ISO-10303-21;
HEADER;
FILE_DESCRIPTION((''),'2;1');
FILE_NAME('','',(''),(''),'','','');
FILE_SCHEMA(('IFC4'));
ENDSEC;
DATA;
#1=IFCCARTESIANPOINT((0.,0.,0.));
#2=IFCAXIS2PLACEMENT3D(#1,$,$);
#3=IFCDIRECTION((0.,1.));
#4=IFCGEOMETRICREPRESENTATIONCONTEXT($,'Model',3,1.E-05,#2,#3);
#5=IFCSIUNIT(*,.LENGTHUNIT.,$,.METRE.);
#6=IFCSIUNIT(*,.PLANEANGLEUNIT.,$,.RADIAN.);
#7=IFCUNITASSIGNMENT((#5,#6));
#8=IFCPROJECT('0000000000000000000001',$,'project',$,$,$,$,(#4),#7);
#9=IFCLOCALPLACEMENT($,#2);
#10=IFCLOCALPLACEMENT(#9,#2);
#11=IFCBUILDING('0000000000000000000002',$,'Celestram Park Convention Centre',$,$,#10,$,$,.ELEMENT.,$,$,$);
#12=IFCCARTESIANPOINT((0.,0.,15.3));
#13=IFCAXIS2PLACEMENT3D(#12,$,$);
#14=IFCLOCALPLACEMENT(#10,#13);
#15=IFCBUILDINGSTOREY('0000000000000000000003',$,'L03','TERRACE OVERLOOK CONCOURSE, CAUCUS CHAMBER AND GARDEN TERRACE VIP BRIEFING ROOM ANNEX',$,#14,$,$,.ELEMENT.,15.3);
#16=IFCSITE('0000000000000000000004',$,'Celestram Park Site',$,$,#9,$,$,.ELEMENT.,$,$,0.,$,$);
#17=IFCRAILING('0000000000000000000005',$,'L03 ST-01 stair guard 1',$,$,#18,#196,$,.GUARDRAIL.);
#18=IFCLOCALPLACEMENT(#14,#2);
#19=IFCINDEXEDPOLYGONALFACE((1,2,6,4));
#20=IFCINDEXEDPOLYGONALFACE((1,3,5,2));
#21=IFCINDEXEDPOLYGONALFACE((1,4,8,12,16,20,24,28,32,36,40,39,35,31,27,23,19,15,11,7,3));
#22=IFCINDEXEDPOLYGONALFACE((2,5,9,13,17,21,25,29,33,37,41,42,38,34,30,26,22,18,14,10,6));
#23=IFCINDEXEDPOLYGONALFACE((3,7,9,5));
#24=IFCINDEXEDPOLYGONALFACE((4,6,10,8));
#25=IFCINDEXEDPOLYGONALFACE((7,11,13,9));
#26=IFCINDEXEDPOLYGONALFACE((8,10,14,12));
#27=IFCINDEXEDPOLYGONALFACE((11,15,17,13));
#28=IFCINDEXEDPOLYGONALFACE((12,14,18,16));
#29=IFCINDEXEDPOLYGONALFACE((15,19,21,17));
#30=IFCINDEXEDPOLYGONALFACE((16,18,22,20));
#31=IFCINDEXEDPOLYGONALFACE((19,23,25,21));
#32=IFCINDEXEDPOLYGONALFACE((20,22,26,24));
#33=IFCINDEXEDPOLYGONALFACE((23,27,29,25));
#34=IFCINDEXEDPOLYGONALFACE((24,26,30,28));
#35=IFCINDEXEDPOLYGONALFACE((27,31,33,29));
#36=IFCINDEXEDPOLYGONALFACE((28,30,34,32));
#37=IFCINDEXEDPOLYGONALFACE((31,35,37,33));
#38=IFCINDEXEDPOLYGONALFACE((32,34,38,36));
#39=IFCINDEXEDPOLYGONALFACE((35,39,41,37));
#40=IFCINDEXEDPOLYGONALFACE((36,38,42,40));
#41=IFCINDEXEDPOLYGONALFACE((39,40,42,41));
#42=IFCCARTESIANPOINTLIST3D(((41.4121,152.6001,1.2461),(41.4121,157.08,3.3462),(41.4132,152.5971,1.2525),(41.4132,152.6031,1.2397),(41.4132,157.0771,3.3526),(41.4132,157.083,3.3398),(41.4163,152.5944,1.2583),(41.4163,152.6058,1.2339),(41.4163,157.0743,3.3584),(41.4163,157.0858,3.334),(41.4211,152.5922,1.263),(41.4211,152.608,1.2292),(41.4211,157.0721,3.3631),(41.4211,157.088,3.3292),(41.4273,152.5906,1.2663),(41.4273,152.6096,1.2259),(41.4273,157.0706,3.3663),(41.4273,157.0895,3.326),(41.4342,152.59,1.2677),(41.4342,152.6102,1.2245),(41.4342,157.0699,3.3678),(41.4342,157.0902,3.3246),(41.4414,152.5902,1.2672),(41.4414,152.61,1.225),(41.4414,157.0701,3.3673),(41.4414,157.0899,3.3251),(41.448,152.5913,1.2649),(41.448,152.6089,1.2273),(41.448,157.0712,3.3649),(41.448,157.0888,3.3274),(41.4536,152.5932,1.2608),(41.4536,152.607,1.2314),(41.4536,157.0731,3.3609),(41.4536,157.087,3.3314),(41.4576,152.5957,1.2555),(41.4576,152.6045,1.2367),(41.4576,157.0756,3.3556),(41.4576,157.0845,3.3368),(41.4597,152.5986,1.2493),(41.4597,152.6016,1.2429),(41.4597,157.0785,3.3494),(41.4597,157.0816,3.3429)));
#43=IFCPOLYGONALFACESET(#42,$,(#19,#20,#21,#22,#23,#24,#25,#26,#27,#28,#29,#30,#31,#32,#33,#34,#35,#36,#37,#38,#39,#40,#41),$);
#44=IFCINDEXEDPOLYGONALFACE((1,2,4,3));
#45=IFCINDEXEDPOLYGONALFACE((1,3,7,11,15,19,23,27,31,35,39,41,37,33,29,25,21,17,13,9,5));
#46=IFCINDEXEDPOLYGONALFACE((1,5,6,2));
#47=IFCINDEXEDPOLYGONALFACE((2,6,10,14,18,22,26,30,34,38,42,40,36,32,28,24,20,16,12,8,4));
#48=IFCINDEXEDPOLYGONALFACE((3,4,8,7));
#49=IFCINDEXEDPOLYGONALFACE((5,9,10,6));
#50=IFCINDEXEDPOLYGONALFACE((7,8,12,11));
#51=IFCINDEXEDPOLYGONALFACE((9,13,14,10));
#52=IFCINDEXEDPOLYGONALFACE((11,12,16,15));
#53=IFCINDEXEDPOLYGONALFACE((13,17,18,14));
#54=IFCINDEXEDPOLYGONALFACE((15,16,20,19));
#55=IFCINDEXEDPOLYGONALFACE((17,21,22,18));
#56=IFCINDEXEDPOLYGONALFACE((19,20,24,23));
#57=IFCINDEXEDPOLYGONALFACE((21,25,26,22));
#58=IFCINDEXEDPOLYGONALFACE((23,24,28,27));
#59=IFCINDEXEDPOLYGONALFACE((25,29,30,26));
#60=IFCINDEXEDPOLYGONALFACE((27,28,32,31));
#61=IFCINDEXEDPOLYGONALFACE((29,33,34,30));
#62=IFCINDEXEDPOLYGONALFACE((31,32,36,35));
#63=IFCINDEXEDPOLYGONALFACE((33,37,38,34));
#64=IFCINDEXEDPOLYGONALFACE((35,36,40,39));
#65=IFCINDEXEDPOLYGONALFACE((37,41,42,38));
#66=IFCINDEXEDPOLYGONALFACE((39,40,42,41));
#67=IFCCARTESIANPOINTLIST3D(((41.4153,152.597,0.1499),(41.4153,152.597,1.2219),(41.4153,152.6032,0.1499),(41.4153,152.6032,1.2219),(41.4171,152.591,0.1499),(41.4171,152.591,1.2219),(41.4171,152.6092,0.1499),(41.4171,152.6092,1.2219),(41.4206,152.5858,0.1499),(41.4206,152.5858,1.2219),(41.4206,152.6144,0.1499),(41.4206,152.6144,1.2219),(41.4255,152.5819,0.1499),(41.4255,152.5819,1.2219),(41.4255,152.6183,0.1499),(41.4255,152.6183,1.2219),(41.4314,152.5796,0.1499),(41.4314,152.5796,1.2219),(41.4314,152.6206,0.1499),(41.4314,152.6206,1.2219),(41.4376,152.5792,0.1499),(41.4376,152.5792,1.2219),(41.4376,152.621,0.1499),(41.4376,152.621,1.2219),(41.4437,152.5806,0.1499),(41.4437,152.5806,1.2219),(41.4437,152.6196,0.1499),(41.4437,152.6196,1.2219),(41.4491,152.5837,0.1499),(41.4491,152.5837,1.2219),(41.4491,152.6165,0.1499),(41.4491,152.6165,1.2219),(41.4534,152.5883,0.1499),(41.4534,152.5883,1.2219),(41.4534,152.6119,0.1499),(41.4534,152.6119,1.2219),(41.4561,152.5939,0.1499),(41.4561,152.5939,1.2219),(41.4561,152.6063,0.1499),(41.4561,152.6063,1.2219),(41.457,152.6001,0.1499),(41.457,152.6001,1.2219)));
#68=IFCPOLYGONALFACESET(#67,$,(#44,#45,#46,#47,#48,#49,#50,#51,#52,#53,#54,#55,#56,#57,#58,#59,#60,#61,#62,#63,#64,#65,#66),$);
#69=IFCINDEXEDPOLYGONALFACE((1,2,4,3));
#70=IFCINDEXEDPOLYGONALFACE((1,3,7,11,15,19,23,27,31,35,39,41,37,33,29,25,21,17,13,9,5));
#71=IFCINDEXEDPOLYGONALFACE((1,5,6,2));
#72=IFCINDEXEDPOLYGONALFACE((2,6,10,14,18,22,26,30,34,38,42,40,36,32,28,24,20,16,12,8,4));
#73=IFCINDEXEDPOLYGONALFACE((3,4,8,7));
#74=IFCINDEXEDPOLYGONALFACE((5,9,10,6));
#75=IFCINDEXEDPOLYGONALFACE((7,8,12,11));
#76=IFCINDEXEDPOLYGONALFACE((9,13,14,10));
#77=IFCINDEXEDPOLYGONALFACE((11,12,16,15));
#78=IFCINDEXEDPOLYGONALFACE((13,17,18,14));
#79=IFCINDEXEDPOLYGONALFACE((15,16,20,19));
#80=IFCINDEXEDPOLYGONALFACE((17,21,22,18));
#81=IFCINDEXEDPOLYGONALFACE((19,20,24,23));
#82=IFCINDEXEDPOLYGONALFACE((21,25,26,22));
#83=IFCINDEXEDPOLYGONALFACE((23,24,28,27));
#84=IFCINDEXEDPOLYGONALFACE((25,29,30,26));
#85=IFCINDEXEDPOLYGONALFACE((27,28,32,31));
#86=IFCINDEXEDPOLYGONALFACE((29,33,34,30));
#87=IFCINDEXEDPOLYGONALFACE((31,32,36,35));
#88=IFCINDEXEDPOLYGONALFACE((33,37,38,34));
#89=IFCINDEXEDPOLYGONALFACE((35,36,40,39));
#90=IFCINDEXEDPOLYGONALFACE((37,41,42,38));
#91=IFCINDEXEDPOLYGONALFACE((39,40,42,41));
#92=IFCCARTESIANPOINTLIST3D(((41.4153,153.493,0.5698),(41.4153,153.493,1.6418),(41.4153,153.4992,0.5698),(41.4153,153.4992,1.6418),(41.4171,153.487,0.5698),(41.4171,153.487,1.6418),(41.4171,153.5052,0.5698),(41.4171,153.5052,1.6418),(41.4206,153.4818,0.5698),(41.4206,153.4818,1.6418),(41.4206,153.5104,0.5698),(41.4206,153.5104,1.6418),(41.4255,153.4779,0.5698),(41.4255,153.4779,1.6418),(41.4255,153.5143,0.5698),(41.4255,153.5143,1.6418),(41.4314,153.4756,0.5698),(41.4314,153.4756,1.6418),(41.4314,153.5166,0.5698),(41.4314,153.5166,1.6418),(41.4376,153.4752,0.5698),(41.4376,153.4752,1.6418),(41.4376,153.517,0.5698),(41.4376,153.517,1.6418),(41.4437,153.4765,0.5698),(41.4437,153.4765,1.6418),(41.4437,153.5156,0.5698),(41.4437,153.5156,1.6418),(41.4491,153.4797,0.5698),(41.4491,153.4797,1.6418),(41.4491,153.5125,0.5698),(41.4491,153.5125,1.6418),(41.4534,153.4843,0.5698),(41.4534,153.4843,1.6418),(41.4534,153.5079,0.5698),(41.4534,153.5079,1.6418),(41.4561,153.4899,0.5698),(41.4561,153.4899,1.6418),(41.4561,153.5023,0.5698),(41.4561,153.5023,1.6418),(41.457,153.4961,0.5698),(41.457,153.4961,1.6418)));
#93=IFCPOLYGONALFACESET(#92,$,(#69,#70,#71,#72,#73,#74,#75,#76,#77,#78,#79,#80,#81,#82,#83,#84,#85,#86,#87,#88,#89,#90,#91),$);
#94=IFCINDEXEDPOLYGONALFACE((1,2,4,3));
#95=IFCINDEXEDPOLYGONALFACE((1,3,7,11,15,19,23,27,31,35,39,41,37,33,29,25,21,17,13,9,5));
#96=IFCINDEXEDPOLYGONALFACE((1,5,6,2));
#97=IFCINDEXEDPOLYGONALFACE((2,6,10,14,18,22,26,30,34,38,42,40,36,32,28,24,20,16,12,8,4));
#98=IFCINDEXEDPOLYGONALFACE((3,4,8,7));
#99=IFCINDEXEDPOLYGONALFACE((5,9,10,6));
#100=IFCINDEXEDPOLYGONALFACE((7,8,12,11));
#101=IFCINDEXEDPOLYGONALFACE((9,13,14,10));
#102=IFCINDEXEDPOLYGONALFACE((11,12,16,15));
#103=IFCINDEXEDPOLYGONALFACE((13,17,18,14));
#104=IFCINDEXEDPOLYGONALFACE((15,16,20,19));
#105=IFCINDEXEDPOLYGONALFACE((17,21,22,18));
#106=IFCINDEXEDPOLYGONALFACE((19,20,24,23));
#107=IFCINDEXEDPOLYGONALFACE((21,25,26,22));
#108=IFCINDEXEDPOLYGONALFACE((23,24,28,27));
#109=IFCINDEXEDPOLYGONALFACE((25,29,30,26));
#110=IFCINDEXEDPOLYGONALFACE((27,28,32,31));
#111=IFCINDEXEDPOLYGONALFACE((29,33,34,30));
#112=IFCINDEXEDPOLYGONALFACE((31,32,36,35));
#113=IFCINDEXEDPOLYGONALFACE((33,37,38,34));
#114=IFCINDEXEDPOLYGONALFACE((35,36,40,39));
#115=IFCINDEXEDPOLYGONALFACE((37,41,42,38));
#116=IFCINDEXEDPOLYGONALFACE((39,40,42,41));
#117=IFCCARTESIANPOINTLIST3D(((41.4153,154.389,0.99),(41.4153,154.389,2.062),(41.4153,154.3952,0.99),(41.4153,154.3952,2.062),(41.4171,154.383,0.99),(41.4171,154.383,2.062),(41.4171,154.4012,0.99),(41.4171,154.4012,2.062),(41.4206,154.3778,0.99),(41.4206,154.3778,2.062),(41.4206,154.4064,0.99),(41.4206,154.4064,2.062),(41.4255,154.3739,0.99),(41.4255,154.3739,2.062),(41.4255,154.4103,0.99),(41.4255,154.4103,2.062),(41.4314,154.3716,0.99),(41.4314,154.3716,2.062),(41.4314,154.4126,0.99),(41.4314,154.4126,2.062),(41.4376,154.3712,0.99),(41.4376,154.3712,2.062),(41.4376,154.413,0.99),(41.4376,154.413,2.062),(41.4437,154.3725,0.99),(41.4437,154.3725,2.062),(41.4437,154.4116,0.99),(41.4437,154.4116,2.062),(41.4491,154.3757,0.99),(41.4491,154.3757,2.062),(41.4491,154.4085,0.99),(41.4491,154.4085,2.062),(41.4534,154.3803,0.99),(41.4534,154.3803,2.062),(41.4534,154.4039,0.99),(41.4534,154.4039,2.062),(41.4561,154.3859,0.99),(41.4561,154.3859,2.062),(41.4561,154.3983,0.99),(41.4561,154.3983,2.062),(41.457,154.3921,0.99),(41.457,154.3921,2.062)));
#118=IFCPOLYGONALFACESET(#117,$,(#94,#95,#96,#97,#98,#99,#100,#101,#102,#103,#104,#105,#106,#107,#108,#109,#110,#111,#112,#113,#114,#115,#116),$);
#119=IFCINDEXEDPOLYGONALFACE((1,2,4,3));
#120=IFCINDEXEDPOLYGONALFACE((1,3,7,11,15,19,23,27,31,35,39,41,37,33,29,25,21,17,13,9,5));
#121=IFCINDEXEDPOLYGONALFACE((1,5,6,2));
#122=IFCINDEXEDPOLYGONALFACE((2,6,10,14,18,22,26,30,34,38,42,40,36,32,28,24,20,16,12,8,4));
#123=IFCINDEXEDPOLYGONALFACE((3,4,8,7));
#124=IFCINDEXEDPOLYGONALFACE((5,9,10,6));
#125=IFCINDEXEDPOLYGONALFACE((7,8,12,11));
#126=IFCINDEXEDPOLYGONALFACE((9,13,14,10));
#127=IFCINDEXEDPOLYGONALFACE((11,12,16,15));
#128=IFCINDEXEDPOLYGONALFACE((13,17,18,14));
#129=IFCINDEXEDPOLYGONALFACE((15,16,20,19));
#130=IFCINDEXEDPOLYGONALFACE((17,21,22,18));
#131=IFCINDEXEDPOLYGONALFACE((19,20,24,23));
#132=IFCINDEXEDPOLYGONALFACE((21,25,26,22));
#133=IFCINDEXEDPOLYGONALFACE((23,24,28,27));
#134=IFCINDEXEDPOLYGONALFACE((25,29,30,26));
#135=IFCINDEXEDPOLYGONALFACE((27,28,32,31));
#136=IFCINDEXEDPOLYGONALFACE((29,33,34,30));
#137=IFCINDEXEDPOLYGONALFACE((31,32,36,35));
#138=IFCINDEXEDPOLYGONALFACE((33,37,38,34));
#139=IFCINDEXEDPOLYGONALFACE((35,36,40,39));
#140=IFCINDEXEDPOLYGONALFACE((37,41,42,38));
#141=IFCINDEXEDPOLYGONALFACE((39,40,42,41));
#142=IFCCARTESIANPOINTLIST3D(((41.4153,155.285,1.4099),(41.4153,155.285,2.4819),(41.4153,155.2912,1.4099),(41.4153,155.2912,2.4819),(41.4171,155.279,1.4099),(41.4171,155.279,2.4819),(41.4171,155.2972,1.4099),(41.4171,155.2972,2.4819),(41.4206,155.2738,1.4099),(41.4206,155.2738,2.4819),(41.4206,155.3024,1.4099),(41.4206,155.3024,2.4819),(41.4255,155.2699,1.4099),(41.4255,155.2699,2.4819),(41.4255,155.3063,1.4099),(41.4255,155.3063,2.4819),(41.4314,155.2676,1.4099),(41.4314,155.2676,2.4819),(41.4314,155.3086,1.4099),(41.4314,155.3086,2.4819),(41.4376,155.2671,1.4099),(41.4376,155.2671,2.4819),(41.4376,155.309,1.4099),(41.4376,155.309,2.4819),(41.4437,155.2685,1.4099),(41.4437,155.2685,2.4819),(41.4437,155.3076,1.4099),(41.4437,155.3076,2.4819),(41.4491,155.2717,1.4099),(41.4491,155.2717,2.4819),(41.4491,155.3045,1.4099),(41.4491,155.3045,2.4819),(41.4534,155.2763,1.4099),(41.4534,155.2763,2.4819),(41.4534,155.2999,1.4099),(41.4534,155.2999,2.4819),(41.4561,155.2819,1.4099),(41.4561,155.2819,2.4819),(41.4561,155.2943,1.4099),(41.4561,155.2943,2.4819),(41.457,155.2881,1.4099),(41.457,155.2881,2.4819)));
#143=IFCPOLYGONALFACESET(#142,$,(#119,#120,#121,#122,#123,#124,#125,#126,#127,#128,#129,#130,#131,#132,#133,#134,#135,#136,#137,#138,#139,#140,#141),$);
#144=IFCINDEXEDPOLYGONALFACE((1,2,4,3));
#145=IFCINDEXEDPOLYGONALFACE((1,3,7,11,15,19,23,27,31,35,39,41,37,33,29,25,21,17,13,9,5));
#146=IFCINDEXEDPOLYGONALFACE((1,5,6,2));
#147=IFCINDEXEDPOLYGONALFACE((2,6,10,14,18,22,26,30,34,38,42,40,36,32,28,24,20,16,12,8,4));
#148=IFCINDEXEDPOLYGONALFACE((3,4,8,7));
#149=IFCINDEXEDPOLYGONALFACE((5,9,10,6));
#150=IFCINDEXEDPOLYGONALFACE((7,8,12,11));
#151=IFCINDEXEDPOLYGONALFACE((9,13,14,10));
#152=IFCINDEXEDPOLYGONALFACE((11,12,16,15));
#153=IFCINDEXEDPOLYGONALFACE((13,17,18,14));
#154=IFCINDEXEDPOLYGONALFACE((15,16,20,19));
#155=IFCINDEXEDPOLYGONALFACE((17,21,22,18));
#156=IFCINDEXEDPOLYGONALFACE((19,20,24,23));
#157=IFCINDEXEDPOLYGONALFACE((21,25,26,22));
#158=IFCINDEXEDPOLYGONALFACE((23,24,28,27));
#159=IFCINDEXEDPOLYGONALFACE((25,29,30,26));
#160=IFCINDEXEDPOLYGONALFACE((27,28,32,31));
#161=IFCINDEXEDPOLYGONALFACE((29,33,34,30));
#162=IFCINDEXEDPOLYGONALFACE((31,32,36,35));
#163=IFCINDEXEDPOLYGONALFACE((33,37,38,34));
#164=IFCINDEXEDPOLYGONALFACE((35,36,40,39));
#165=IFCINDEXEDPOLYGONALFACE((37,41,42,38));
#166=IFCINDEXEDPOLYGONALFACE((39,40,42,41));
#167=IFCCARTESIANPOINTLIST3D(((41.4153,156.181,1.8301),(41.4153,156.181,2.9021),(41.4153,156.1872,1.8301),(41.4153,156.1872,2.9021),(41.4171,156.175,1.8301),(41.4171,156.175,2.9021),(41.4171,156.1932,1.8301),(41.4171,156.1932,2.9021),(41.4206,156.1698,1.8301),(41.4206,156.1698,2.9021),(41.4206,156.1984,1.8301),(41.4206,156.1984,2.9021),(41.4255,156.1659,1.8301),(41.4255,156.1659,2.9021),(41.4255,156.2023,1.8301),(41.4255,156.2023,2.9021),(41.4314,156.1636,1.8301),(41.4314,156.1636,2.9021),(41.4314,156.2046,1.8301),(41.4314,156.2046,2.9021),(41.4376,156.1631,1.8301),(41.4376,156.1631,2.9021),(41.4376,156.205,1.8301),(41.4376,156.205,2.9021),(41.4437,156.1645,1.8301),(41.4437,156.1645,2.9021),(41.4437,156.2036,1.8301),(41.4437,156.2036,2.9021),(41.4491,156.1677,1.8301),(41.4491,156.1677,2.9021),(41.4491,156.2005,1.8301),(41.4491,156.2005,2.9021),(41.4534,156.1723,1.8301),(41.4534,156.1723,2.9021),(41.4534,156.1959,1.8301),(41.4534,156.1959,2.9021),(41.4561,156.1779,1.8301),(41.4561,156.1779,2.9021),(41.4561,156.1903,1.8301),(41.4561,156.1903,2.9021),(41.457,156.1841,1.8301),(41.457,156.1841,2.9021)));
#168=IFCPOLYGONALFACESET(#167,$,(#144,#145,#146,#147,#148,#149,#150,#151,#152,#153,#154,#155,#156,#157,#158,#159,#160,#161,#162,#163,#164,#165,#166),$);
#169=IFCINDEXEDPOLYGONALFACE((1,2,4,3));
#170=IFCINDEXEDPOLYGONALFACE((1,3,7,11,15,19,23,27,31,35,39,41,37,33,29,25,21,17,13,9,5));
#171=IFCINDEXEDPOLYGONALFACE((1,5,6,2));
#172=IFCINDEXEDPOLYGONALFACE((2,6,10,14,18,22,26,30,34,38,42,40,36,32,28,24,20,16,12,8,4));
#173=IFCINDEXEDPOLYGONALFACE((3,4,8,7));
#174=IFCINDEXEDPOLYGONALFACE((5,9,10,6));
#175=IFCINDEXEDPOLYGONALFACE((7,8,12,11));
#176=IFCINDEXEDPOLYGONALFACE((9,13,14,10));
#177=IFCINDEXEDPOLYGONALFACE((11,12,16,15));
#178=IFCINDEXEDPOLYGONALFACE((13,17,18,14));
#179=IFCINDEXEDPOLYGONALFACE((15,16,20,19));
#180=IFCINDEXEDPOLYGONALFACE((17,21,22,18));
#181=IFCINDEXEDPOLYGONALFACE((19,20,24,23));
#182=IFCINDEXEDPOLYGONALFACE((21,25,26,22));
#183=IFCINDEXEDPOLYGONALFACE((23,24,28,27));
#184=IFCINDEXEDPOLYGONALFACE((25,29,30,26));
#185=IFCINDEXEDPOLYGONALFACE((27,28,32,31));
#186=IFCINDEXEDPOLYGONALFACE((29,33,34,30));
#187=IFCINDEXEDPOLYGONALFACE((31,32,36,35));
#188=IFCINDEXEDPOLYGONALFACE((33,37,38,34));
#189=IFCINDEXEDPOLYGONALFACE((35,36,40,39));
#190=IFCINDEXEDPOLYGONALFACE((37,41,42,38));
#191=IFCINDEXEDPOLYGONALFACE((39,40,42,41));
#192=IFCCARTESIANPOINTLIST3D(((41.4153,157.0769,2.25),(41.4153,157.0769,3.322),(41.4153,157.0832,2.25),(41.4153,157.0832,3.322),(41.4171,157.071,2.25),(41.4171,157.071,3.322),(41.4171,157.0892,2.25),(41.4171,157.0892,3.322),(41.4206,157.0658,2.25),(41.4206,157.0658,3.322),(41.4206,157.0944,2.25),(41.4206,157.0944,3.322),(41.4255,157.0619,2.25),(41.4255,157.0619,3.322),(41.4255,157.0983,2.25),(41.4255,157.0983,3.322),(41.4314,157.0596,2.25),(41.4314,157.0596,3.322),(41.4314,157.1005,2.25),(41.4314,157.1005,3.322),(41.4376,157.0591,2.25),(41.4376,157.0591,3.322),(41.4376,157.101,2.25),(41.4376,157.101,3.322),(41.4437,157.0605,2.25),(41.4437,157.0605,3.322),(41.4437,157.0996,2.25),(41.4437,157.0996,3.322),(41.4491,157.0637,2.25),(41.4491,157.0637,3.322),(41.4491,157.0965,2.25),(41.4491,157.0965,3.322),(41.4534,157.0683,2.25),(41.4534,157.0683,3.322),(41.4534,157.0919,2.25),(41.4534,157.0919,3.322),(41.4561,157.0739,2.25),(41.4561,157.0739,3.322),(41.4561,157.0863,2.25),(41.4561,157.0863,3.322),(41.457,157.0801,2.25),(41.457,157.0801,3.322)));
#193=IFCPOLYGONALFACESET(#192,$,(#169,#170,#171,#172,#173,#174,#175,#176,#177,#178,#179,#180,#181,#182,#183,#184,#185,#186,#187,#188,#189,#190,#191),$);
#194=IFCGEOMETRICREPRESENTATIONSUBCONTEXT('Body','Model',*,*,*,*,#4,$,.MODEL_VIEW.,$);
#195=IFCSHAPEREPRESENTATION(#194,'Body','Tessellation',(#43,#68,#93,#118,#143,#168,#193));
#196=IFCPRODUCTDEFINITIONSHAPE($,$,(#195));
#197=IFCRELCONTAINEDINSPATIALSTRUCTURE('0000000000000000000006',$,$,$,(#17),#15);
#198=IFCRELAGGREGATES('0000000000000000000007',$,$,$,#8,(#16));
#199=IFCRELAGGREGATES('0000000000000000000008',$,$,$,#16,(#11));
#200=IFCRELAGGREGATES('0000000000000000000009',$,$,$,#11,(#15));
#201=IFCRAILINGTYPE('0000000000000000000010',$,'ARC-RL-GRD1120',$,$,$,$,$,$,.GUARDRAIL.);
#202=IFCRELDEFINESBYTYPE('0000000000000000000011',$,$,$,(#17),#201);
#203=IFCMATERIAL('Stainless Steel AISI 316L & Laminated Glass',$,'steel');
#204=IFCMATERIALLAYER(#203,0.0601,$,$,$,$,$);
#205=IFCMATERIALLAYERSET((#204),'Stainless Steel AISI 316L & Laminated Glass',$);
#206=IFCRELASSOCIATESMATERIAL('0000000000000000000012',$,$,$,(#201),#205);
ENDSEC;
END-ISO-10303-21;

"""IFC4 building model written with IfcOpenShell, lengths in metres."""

from ifc_helpers import new_model, si_unit, direction, frame, origin, origin_2d, place, context, subcontext, project, spatial, circle, extrude, material, layer, layer_set, type_object, element, save


model = new_model("IFC4")

# Units and contexts
model_context = context("Model", 3, precision=1e-05, world=origin(), true_north=direction((0.0, 1.0)))
body_context = subcontext(model_context, "Body", "Model", "MODEL_VIEW")
ifc_project = project(units=[si_unit("LENGTHUNIT", "METRE"), si_unit("PLANEANGLEUNIT", "RADIAN")], contexts=[model_context])

# Site, building, storey
site_placement = place(None, origin())
site = spatial("IfcSite", under=ifc_project, at=site_placement, Name="Celestram Park Site", CompositionType="ELEMENT", RefElevation=0.0)
building_placement = place(site_placement, origin())
building = spatial("IfcBuilding", under=site, at=building_placement, Name="Celestram Park Convention Centre", CompositionType="ELEMENT")
storey_placement = place(building_placement, frame((0.0, 0.0, 15.3)))
storey = spatial("IfcBuildingStorey", under=building, at=storey_placement, Name="L03", Description="TERRACE OVERLOOK CONCOURSE, CAUCUS CHAMBER AND GARDEN TERRACE VIP BRIEFING ROOM ANNEX", CompositionType="ELEMENT", Elevation=15.3)

# Railing
ifc_material_1 = material(Name="Stainless Steel AISI 316L & Laminated Glass", Category="steel")
ifc_layer_1 = layer(ifc_material_1, 0.0601)
ifc_layer_set_1 = layer_set([ifc_layer_1], Name="Stainless Steel AISI 316L & Laminated Glass")
railing_type_1 = type_object("IfcRailingType", Name="ARC-RL-GRD1120", PredefinedType="GUARDRAIL", material=ifc_layer_set_1)
railing_1_placement = place(storey_placement, frame((41.436, 152.6001, 0.1499)))
element("IfcRailing", 1, at=railing_1_placement, inside=storey, type_object=railing_type_1, Name="L03 ST-01 stair guard 1", PredefinedType="GUARDRAIL", context=body_context, shape_type="SweptSolid", body=[
    extrude(circle(Radius=0.0239, at=origin_2d()), frame((0.0, 0.0, 1.0962), z_axis=(0.0, 0.905451, 0.424452), x_axis=(-1.0, 0.0, 0.0)), (0.0, 0.0, 1.0), 4.9478),
    extrude(circle(Radius=0.021, at=origin_2d()), origin(), (0.0, 0.0, 1.0), 1.072),
    extrude(circle(Radius=0.021, at=origin_2d()), frame((0.0, 0.896, 0.4199)), (0.0, 0.0, 1.0), 1.072),
    extrude(circle(Radius=0.021, at=origin_2d()), frame((0.0, 1.792, 0.8401)), (0.0, 0.0, 1.0), 1.072),
    extrude(circle(Radius=0.021, at=origin_2d()), frame((0.0, 2.688, 1.26)), (0.0, 0.0, 1.0), 1.072),
    extrude(circle(Radius=0.021, at=origin_2d()), frame((0.0, 3.584, 1.6802)), (0.0, 0.0, 1.0), 1.072),
    extrude(circle(Radius=0.021, at=origin_2d()), frame((0.0, 4.48, 2.1001)), (0.0, 0.0, 1.0), 1.072),
])

save(model, "model.ifc")
